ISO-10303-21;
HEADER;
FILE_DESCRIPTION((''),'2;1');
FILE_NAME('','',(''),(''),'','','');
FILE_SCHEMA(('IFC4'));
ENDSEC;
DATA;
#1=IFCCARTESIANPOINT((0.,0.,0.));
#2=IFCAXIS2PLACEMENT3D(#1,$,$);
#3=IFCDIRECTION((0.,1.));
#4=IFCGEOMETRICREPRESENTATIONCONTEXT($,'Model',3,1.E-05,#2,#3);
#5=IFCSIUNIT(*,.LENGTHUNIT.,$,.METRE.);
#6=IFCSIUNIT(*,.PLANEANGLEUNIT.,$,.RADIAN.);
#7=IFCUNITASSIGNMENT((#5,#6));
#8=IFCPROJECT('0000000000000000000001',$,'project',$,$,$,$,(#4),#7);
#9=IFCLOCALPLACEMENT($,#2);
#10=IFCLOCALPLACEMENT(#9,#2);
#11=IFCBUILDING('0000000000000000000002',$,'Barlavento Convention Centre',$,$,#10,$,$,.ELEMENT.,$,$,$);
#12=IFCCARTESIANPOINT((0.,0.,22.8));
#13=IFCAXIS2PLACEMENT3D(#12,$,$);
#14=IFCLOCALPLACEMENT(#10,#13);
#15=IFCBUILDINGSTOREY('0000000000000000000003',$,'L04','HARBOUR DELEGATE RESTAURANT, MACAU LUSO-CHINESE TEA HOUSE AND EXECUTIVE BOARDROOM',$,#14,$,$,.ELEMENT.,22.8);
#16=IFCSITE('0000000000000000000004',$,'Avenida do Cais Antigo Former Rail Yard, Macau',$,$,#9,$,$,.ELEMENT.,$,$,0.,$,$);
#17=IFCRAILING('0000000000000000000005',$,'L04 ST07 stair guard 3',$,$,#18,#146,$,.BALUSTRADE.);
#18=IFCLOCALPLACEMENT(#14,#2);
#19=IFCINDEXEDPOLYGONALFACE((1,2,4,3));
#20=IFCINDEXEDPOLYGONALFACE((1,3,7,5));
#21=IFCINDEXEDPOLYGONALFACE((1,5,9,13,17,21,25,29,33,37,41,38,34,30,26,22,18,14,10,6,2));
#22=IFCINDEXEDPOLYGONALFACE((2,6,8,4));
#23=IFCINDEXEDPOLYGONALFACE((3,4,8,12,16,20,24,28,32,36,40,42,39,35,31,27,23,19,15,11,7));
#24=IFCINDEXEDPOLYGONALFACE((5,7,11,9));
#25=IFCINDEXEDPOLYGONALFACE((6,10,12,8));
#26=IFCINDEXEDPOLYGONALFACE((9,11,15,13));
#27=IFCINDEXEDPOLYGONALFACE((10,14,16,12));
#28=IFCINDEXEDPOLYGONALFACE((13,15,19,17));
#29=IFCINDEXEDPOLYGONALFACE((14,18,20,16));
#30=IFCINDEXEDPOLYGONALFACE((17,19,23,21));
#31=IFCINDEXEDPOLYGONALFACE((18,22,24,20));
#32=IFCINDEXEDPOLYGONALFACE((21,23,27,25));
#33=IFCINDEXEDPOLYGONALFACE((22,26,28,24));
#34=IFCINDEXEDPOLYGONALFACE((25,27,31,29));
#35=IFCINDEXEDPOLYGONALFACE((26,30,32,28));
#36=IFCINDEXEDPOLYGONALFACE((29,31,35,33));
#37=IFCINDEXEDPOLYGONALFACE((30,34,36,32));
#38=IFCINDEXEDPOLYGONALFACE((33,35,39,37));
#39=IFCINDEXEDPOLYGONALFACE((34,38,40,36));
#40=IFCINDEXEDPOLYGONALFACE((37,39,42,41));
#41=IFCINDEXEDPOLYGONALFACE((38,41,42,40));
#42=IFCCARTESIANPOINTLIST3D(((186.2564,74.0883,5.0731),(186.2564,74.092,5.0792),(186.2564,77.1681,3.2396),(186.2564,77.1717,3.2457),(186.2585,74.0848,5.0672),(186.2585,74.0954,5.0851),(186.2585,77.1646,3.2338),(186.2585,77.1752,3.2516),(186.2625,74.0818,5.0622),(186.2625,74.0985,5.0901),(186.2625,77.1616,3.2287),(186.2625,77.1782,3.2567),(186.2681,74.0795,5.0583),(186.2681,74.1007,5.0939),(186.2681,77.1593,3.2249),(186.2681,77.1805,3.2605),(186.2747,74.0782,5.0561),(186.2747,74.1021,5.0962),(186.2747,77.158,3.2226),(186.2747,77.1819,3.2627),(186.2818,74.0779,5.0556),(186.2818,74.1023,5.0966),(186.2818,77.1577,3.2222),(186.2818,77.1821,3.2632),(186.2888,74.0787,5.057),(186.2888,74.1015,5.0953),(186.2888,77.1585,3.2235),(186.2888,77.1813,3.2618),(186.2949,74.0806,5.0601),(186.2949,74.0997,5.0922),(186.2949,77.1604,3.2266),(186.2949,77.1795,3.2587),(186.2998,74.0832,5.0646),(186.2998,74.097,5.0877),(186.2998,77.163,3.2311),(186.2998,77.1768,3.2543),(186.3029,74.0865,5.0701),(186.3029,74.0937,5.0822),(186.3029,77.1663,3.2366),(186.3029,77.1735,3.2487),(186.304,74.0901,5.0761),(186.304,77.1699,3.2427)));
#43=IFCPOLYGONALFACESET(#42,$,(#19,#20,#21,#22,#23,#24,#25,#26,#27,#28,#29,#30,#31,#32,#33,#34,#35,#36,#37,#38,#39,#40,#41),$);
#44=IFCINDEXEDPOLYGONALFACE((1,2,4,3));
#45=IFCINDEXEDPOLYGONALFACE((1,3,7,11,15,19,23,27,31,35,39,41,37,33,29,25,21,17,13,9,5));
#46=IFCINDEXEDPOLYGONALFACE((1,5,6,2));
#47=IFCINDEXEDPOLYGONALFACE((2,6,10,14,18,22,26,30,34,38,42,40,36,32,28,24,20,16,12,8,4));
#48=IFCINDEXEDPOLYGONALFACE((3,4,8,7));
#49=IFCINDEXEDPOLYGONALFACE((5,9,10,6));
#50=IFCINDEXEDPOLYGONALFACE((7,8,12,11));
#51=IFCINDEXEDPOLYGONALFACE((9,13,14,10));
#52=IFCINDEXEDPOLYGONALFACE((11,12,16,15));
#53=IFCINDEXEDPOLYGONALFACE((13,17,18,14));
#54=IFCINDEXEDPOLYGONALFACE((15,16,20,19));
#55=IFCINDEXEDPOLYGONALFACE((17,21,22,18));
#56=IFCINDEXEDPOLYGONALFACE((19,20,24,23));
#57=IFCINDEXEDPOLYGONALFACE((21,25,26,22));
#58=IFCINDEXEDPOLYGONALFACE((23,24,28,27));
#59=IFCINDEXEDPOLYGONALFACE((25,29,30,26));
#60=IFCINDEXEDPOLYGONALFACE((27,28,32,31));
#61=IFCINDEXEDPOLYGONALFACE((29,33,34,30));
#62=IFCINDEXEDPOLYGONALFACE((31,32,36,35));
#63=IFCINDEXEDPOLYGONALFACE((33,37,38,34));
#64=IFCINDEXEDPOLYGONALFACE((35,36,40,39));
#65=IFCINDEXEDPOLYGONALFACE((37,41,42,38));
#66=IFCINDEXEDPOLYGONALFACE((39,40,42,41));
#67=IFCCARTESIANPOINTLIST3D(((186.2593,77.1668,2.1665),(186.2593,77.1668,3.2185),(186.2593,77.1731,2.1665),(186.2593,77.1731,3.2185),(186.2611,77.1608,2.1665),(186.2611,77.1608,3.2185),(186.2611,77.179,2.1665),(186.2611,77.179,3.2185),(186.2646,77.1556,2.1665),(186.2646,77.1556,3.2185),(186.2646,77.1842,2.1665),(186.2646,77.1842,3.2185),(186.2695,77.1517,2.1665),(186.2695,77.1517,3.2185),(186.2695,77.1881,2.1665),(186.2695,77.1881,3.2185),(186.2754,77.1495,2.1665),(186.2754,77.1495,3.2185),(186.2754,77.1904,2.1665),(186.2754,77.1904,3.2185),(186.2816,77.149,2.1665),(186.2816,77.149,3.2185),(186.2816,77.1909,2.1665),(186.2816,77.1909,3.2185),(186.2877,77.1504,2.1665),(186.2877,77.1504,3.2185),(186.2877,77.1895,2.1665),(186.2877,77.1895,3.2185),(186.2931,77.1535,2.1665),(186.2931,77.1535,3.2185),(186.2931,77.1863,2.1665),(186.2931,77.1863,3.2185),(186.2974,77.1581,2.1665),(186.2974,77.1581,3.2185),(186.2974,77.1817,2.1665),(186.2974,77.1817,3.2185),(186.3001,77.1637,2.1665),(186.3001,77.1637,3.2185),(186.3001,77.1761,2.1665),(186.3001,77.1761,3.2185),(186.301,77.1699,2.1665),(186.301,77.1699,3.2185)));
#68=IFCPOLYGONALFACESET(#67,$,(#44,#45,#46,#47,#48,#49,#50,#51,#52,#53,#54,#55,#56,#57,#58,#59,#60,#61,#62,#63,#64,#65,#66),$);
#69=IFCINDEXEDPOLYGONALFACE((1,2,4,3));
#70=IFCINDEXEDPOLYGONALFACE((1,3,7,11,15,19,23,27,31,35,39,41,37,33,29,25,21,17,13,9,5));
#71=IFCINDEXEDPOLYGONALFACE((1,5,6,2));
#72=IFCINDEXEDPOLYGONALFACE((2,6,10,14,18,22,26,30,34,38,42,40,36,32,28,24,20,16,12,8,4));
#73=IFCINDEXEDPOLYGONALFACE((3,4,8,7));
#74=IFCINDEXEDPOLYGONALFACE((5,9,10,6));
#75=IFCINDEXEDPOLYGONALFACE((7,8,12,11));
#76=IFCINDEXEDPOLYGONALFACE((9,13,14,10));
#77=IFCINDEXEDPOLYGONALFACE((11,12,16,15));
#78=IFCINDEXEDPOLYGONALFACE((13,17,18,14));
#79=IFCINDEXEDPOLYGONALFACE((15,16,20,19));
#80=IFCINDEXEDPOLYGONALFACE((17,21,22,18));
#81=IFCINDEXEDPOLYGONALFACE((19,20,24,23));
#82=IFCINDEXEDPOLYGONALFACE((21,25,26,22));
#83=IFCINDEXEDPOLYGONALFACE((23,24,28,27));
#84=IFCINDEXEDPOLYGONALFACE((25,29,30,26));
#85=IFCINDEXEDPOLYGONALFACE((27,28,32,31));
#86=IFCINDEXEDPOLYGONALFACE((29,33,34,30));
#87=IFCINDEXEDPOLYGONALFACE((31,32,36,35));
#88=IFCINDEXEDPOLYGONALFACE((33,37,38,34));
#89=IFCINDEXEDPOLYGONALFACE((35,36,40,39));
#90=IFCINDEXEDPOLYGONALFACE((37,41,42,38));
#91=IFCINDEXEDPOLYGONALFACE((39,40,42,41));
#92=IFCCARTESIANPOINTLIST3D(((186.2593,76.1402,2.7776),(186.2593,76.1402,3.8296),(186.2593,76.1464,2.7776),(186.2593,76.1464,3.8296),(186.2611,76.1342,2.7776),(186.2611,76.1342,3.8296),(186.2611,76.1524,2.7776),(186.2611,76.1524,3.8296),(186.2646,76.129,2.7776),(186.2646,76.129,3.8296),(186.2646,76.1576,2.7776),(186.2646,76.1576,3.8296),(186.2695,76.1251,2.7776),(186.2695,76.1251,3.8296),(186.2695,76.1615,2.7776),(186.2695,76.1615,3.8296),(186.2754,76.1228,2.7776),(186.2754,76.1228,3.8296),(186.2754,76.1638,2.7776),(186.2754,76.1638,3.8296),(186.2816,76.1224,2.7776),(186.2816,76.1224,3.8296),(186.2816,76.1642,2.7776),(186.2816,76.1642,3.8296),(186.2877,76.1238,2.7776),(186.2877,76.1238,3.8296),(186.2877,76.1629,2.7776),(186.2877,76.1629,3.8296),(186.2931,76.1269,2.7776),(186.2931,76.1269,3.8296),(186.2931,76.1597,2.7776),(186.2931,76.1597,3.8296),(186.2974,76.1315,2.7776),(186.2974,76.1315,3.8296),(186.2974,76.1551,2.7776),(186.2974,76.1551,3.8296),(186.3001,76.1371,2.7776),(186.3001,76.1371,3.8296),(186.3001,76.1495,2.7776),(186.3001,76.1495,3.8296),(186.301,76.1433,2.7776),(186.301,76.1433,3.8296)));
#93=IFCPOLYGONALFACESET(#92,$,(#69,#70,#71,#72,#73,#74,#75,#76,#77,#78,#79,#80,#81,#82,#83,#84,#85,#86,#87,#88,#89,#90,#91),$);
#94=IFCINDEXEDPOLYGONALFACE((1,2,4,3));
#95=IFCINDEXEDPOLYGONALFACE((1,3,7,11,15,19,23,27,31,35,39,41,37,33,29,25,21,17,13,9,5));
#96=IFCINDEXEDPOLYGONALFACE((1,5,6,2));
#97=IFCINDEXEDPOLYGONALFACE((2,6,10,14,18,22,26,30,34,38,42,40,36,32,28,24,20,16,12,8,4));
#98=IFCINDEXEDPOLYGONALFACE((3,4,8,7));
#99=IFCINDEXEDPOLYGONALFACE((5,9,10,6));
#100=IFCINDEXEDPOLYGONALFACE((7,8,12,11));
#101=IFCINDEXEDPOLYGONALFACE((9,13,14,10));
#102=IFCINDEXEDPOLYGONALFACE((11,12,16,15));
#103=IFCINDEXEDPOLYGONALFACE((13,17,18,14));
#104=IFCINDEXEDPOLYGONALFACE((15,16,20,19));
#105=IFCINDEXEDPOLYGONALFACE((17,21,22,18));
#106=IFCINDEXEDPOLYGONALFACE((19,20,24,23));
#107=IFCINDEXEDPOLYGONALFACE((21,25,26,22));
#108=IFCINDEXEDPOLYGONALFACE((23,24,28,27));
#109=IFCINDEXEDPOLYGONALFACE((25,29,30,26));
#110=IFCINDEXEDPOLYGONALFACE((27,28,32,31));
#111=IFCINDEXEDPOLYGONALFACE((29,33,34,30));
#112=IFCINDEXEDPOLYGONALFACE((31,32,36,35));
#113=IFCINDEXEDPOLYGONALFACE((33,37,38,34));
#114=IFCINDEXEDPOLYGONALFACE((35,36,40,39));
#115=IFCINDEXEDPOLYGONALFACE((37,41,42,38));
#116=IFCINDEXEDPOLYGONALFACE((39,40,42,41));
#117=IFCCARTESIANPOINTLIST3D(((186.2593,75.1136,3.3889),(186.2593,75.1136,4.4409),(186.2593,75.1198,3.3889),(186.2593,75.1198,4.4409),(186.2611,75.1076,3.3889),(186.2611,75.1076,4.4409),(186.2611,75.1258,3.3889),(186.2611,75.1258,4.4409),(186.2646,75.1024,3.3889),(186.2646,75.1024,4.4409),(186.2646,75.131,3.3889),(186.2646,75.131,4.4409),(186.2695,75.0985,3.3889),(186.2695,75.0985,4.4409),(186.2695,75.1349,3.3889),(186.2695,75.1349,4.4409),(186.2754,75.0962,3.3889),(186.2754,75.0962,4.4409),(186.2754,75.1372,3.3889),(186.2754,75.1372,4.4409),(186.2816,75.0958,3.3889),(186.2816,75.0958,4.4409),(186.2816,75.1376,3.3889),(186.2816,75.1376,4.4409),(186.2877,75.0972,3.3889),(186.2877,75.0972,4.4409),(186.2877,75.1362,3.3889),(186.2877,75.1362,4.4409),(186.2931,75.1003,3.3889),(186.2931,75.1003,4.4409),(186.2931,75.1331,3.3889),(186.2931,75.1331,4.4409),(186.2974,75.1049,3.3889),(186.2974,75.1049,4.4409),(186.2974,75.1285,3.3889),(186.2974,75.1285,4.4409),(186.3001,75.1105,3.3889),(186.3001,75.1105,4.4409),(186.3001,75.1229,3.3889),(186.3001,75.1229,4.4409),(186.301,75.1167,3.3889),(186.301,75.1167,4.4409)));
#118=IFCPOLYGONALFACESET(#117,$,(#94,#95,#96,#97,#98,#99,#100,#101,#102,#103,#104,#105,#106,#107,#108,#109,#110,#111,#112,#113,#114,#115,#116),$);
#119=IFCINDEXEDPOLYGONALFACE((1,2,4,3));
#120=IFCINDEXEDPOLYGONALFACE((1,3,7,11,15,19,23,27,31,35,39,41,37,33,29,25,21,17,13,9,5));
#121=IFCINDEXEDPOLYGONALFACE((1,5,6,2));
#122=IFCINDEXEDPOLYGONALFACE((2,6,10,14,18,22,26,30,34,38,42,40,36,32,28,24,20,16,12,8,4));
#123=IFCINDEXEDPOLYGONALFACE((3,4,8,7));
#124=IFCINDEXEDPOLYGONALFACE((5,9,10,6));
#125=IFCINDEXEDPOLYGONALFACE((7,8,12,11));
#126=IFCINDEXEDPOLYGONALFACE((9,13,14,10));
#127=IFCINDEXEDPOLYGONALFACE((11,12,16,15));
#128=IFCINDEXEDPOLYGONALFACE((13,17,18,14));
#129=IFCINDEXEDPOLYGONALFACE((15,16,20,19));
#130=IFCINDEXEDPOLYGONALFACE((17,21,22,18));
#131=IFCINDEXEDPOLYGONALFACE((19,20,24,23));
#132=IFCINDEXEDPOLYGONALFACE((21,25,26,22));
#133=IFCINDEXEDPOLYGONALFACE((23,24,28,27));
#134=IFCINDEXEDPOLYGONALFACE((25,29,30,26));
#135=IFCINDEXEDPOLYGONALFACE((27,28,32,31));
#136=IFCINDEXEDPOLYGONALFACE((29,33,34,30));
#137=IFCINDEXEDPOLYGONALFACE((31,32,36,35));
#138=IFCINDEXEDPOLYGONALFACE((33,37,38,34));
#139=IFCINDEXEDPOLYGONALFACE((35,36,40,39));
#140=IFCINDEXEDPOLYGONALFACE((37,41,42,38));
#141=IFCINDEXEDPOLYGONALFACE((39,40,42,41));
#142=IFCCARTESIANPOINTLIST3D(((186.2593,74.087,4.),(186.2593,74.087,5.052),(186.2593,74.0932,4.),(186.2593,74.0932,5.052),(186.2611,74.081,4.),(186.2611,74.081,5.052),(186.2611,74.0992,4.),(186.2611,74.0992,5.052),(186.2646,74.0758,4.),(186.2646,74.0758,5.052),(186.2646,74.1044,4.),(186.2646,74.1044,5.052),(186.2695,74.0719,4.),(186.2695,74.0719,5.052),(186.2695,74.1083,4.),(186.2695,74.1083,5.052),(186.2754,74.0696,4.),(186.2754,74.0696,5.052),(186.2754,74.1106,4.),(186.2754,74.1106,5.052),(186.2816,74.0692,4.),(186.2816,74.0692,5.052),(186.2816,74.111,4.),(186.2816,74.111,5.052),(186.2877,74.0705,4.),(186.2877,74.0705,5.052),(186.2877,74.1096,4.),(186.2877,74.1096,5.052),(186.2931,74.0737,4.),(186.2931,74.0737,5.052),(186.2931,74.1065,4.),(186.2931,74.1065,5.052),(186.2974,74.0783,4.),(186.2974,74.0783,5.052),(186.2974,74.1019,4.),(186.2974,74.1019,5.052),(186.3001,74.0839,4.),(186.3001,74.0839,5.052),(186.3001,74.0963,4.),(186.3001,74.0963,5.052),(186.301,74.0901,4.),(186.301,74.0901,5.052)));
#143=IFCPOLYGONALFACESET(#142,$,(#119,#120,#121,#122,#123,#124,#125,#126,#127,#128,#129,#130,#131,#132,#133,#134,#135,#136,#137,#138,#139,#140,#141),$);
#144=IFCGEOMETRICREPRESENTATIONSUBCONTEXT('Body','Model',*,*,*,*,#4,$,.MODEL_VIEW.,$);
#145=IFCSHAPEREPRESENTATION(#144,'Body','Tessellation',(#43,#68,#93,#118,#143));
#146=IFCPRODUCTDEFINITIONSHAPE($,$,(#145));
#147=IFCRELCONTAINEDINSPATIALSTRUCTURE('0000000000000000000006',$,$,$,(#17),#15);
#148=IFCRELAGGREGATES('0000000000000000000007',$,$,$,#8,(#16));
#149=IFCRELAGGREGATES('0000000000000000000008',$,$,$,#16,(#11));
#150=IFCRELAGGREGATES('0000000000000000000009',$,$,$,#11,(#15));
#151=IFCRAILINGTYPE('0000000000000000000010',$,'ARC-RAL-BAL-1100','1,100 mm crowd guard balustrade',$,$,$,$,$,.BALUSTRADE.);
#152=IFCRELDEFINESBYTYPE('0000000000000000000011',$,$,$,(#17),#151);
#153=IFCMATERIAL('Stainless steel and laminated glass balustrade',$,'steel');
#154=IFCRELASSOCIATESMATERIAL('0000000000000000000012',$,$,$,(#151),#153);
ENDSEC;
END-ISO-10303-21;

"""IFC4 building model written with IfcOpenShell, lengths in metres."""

from ifc_helpers import new_model, si_unit, direction, frame, origin, origin_2d, place, context, subcontext, project, spatial, circle, extrude, material, type_object, element, save


model = new_model("IFC4")

# Units and contexts
model_context = context("Model", 3, precision=1e-05, world=origin(), true_north=direction((0.0, 1.0)))
body_context = subcontext(model_context, "Body", "Model", "MODEL_VIEW")
ifc_project = project(units=[si_unit("LENGTHUNIT", "METRE"), si_unit("PLANEANGLEUNIT", "RADIAN")], contexts=[model_context])

# Site, building, storey
site_placement = place(None, origin())
site = spatial("IfcSite", under=ifc_project, at=site_placement, Name="Avenida do Cais Antigo Former Rail Yard, Macau", CompositionType="ELEMENT", RefElevation=0.0)
building_placement = place(site_placement, origin())
building = spatial("IfcBuilding", under=site, at=building_placement, Name="Barlavento Convention Centre", CompositionType="ELEMENT")
storey_placement = place(building_placement, frame((0.0, 0.0, 22.8)))
storey = spatial("IfcBuildingStorey", under=building, at=storey_placement, Name="L04", Description="HARBOUR DELEGATE RESTAURANT, MACAU LUSO-CHINESE TEA HOUSE AND EXECUTIVE BOARDROOM", CompositionType="ELEMENT", Elevation=22.8)

# Railing
ifc_material_1 = material(Name="Stainless steel and laminated glass balustrade", Category="steel")
railing_type_1 = type_object("IfcRailingType", Name="ARC-RAL-BAL-1100", Description="1,100 mm crowd guard balustrade", PredefinedType="BALUSTRADE", material=ifc_material_1)
railing_1_placement = place(storey_placement, frame((186.28, 77.1699, 2.1665)))
element("IfcRailing", 1, at=railing_1_placement, inside=storey, type_object=railing_type_1, Name="L04 ST07 stair guard 3", PredefinedType="BALUSTRADE", context=body_context, shape_type="SweptSolid", body=[
    extrude(circle(Radius=0.0239, at=origin_2d()), frame((0.0, 0.0, 1.0762), z_axis=(0.0, -0.859261, 0.511538), x_axis=(1.0, 0.0, 0.0)), (0.0, 0.0, 1.0), 3.5842),
    extrude(circle(Radius=0.021, at=origin_2d()), origin(), (0.0, 0.0, 1.0), 1.052),
    extrude(circle(Radius=0.021, at=origin_2d()), frame((0.0, -1.0266, 0.6111)), (0.0, 0.0, 1.0), 1.052),
    extrude(circle(Radius=0.021, at=origin_2d()), frame((0.0, -2.0532, 1.2224)), (0.0, 0.0, 1.0), 1.052),
    extrude(circle(Radius=0.021, at=origin_2d()), frame((0.0, -3.0798, 1.8335)), (0.0, 0.0, 1.0), 1.052),
])

save(model, "model.ifc")
